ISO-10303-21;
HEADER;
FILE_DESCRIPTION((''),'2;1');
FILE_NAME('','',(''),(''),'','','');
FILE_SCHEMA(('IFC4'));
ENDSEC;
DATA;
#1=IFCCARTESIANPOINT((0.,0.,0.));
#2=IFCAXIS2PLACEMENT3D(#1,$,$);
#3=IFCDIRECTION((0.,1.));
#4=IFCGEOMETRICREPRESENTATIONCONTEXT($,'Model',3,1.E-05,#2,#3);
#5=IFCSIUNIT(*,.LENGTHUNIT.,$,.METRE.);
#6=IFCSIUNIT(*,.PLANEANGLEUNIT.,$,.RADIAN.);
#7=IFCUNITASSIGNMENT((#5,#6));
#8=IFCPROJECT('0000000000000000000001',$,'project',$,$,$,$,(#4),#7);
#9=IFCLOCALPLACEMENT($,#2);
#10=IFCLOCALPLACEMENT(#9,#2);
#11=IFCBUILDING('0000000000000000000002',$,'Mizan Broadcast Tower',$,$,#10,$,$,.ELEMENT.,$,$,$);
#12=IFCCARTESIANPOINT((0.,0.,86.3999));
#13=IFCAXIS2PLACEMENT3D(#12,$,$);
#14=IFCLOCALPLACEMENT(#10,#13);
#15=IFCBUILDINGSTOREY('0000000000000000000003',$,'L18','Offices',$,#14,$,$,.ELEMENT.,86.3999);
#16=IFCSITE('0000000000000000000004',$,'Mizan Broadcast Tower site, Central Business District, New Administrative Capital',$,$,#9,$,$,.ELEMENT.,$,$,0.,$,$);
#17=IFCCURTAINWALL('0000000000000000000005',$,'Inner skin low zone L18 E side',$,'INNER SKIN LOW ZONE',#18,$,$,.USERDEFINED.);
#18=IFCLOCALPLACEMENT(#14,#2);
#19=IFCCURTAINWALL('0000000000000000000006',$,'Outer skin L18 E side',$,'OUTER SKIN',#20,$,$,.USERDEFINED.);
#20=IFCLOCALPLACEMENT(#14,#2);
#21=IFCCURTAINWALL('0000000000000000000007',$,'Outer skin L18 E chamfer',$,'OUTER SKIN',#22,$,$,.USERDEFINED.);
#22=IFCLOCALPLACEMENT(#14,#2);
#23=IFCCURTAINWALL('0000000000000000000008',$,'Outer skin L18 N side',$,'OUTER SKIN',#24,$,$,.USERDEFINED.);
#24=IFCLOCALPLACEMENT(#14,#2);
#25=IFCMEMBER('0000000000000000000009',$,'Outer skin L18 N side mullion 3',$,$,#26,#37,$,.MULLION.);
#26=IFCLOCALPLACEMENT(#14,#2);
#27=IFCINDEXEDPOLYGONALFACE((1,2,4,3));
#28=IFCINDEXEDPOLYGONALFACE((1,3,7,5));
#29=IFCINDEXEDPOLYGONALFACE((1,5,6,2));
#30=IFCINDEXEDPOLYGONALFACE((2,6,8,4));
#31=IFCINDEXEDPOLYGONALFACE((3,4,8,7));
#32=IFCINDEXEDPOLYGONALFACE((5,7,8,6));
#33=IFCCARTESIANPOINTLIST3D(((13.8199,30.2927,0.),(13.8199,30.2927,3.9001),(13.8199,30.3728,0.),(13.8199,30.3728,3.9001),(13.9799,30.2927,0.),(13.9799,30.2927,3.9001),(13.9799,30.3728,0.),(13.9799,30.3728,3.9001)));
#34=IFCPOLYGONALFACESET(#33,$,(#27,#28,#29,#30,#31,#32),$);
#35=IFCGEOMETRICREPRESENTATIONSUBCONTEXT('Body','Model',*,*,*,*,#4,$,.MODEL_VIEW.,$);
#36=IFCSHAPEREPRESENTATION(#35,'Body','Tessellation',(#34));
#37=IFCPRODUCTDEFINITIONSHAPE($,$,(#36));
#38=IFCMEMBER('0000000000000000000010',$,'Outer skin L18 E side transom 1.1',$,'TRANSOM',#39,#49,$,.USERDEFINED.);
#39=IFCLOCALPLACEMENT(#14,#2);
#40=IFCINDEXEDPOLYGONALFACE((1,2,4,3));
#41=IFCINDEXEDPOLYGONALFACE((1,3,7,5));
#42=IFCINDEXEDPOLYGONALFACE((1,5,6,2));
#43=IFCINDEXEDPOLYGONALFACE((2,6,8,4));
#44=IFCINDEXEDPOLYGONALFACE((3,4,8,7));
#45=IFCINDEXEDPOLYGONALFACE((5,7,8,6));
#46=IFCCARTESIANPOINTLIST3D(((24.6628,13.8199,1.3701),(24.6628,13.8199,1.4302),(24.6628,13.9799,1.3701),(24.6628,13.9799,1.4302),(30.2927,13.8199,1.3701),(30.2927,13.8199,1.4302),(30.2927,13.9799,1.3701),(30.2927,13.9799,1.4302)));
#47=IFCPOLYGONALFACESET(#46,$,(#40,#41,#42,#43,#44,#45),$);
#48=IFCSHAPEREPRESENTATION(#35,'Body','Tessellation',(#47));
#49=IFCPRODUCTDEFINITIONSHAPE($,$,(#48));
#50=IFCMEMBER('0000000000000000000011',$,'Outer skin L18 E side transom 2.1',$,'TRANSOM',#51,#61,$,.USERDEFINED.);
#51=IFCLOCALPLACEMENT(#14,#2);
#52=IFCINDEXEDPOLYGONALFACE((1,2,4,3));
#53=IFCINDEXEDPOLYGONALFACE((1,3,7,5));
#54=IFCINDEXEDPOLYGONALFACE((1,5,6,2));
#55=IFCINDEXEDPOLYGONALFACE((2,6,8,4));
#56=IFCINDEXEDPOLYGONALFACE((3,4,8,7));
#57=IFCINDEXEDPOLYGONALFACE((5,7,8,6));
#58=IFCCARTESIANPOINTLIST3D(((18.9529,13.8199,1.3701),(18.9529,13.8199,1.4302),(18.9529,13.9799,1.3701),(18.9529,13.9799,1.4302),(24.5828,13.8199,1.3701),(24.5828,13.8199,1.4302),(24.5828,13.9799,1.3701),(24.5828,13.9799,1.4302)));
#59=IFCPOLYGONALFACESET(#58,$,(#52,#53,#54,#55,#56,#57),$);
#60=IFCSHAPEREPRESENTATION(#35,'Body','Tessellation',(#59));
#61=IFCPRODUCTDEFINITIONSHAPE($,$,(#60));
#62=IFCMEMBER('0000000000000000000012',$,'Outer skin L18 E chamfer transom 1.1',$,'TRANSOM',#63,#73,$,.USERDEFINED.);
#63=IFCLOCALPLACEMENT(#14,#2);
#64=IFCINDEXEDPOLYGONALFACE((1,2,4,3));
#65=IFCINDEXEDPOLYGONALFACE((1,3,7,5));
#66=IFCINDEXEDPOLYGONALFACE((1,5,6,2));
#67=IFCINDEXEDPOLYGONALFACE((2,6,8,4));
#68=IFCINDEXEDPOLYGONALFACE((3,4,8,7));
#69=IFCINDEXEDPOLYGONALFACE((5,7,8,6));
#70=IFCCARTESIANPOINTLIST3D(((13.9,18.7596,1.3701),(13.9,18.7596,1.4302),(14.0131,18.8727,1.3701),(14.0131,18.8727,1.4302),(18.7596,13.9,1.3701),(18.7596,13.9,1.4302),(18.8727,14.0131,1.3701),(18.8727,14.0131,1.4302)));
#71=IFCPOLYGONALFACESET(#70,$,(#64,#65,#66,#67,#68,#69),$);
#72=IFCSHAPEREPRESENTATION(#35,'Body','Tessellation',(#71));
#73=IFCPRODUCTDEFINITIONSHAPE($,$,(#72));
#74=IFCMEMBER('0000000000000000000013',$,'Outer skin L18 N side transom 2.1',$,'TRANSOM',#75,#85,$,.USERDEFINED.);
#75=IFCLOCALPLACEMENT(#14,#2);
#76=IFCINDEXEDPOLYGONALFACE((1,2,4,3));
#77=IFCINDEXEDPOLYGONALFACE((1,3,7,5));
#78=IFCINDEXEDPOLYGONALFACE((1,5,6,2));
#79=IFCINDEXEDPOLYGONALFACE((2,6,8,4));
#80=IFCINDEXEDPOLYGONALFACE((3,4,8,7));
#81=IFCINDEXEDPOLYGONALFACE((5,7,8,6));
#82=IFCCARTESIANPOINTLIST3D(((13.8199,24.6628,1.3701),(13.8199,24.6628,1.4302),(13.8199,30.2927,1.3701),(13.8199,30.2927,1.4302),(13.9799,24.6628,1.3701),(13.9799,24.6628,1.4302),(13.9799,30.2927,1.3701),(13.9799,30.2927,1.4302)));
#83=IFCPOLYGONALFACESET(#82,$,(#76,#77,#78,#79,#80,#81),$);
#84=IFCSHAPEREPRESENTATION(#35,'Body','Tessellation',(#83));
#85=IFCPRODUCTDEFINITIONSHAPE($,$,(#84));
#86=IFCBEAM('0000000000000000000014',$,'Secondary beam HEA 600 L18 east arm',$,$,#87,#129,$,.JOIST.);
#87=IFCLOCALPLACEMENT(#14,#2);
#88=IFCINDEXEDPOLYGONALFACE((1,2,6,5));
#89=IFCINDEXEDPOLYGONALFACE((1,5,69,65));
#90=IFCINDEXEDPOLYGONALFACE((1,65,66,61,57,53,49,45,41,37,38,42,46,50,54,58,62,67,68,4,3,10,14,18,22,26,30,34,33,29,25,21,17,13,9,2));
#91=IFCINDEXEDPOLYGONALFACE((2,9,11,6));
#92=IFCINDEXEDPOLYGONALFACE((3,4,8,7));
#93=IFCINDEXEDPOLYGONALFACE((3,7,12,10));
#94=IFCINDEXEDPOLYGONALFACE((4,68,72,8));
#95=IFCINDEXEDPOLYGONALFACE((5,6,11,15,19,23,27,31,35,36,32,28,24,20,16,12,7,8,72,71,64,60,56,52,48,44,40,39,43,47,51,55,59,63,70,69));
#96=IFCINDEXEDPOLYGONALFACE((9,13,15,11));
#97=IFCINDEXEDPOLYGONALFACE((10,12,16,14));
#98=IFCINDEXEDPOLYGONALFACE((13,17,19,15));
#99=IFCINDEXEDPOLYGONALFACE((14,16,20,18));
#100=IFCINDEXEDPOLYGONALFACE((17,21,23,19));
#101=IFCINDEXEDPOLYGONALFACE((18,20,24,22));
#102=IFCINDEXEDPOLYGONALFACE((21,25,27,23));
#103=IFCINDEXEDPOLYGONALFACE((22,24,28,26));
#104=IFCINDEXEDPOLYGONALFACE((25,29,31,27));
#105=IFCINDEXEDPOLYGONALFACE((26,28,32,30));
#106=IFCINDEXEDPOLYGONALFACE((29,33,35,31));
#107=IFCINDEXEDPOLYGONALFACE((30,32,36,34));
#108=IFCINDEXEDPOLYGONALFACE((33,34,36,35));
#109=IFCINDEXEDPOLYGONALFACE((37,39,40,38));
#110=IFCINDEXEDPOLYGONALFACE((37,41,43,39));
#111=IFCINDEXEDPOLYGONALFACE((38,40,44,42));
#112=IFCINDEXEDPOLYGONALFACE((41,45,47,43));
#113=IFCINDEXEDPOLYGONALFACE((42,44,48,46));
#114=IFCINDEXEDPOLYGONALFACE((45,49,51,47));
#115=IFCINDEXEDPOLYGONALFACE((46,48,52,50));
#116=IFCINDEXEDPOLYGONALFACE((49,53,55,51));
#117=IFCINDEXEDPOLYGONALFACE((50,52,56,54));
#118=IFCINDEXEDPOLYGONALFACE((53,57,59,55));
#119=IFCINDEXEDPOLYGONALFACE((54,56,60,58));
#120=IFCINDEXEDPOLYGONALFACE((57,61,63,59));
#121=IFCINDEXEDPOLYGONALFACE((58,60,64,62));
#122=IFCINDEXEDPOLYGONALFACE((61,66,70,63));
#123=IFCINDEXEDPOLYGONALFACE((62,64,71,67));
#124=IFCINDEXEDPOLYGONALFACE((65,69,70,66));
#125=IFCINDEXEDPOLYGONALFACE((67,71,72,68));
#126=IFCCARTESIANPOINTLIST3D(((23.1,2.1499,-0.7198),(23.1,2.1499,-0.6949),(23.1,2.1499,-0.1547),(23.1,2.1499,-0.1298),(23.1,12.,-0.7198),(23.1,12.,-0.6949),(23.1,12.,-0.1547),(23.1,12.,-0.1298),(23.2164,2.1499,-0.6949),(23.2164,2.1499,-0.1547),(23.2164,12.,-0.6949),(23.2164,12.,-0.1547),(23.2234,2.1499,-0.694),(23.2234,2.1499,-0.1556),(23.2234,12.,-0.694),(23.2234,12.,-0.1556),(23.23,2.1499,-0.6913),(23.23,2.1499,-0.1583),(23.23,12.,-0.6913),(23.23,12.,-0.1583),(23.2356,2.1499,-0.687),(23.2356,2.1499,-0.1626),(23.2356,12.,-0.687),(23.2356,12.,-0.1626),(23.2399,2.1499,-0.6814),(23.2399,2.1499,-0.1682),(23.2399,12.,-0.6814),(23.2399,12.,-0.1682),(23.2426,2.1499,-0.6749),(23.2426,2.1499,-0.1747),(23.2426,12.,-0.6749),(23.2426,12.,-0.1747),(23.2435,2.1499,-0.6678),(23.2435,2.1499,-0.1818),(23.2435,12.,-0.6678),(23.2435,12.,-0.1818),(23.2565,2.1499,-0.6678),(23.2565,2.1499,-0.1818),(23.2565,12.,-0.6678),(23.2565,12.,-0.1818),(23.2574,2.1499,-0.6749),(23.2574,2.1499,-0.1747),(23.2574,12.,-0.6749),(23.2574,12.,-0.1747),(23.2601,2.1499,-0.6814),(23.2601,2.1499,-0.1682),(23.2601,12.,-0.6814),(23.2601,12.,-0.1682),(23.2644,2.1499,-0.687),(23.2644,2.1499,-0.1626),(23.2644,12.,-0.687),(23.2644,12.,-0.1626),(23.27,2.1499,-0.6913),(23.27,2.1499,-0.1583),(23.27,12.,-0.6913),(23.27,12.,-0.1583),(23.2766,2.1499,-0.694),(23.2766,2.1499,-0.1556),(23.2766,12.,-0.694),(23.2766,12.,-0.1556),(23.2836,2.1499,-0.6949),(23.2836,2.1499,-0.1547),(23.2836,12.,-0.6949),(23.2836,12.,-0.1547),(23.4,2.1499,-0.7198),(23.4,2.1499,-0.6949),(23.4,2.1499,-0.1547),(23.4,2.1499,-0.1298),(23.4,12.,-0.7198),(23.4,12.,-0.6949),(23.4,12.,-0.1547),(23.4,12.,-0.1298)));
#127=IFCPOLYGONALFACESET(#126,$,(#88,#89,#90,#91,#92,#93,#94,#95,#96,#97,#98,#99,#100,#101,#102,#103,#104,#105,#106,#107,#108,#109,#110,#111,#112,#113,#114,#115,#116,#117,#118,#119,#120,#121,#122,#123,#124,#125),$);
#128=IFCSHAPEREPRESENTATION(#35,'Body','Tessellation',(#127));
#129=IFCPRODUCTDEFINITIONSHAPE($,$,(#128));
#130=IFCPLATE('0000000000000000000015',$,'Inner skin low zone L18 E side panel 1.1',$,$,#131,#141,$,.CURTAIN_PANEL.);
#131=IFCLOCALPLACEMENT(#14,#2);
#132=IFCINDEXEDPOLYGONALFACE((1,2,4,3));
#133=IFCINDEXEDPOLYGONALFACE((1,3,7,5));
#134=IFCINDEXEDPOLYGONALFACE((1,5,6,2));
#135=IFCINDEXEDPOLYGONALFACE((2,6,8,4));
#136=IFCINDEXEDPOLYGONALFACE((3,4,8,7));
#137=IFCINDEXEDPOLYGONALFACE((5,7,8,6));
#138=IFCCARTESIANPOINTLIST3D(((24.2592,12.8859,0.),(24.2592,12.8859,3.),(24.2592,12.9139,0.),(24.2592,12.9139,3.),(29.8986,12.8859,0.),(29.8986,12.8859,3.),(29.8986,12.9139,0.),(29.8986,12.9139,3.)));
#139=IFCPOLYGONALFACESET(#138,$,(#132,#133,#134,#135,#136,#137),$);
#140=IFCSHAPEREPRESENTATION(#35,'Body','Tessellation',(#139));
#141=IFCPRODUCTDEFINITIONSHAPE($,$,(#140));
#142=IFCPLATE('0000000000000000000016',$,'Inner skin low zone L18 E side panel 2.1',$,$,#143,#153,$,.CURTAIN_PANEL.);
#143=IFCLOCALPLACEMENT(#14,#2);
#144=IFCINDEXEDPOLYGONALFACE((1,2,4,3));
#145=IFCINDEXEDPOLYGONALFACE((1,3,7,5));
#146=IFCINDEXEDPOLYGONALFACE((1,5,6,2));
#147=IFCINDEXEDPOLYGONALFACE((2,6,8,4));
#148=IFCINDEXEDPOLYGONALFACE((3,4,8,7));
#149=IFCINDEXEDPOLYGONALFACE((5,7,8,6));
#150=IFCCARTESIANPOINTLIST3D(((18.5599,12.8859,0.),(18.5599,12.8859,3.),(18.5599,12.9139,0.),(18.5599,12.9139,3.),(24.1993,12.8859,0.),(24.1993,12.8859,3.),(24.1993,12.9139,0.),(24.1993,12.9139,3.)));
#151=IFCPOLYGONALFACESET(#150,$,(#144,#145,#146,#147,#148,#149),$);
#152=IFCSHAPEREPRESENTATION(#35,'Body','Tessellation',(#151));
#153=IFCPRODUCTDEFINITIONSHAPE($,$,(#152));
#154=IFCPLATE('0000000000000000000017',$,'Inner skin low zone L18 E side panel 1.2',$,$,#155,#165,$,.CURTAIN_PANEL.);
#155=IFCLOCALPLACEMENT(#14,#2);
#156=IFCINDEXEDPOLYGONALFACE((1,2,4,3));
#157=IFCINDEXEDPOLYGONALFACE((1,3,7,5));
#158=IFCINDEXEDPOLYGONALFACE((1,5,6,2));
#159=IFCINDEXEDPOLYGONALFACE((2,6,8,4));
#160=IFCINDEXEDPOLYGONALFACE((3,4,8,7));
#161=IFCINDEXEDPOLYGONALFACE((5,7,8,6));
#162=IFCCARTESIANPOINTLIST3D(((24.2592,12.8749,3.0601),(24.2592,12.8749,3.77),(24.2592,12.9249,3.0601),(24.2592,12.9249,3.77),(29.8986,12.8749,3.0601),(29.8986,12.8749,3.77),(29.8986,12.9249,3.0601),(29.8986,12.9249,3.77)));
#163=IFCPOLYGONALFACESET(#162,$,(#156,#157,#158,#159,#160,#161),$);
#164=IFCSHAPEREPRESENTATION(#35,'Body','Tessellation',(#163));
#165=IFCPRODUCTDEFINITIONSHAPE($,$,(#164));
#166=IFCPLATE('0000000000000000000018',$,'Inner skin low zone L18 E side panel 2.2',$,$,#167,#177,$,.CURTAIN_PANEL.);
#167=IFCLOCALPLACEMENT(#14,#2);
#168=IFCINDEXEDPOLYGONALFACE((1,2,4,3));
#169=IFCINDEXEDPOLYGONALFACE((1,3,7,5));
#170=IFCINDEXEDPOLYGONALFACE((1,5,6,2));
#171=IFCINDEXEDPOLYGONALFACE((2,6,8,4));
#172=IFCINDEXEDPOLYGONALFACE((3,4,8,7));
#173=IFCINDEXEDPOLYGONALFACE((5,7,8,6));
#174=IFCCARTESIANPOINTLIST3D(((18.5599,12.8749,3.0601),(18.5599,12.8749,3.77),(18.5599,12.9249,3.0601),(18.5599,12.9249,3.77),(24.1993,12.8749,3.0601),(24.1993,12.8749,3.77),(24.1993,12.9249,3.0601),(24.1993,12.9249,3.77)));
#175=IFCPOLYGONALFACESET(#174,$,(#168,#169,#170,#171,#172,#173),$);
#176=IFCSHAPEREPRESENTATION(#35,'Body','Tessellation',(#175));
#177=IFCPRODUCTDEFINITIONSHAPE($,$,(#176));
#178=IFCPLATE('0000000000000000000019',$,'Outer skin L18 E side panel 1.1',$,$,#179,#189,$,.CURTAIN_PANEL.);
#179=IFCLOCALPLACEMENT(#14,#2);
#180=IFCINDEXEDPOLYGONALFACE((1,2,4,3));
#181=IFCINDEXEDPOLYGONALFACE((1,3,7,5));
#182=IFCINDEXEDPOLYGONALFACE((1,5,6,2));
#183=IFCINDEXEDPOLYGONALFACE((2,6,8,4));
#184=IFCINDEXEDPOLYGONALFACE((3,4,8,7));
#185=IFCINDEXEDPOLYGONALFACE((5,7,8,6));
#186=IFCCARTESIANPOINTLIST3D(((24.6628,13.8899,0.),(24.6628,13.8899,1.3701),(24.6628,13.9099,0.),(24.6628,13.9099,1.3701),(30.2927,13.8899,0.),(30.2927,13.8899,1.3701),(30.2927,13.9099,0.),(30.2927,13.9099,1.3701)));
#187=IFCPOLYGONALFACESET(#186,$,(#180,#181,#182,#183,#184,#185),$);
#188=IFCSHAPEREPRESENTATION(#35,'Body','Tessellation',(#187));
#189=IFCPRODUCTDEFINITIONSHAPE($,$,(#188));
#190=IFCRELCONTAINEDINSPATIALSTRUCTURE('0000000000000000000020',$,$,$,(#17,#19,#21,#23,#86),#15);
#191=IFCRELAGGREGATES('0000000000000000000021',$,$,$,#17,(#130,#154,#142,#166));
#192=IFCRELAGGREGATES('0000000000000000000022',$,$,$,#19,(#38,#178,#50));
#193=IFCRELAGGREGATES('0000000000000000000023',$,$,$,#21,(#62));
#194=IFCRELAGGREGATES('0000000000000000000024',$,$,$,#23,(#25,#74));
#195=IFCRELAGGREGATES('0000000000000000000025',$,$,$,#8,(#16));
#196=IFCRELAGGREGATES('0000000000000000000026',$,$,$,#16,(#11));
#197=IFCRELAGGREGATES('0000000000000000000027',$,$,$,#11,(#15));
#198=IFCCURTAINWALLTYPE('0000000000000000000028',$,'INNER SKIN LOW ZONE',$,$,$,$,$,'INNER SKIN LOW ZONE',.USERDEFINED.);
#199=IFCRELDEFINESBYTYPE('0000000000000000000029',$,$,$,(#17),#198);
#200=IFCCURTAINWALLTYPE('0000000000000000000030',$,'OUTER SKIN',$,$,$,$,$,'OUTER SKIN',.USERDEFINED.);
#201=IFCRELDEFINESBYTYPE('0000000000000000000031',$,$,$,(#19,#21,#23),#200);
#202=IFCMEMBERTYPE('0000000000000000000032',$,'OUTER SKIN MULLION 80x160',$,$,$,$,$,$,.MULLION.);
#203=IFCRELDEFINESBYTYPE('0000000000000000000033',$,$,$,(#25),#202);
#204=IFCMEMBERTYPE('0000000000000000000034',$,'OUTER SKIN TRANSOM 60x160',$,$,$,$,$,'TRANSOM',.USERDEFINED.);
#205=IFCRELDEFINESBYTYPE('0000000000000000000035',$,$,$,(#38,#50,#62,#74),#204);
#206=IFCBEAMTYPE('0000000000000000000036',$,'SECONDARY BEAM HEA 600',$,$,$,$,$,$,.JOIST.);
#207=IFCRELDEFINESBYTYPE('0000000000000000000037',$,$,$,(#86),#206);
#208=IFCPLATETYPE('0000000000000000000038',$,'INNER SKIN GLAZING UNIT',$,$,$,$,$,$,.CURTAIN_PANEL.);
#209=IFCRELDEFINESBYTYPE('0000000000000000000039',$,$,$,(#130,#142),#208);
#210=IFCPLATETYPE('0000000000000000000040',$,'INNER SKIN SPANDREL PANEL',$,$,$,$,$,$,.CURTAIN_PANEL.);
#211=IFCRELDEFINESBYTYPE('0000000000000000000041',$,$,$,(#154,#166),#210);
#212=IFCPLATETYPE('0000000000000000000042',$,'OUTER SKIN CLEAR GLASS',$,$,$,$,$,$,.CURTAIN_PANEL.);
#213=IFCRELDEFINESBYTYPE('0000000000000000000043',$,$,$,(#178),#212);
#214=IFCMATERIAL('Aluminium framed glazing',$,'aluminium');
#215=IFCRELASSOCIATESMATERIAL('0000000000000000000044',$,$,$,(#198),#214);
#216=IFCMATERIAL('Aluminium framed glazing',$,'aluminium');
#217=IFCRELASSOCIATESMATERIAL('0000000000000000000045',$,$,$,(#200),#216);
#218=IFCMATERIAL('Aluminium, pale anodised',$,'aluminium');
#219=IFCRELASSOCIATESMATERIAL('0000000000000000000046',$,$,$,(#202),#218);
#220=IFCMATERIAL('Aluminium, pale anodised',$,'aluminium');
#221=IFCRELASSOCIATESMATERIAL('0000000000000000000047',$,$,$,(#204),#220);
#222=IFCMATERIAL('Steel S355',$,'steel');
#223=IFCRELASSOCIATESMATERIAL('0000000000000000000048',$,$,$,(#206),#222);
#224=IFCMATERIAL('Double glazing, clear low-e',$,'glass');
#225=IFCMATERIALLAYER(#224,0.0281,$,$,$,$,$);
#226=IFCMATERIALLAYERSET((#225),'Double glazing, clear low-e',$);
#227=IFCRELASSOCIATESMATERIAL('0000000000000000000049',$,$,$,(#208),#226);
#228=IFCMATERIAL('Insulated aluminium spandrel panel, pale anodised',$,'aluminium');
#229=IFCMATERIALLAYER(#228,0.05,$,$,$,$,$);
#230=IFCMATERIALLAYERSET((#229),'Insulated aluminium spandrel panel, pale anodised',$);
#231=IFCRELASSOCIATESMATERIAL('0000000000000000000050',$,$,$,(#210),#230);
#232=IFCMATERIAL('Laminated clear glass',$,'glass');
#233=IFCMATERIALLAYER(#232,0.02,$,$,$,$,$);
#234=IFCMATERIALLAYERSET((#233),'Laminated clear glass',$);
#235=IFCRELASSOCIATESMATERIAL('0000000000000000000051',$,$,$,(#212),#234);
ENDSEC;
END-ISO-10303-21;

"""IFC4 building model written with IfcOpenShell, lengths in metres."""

from ifc_helpers import new_model, si_unit, direction, frame, origin, origin_2d, place, context, subcontext, project, spatial, rectangle, i_section, extrude, material, layer, layer_set, material_profile, profile_set, type_object, element, aggregate, save


model = new_model("IFC4")

# Units and contexts
model_context = context("Model", 3, precision=1e-05, world=origin(), true_north=direction((0.0, 1.0)))
body_context = subcontext(model_context, "Body", "Model", "MODEL_VIEW")
ifc_project = project(units=[si_unit("LENGTHUNIT", "METRE"), si_unit("PLANEANGLEUNIT", "RADIAN")], contexts=[model_context])

# Site, building, storey
site_placement = place(None, origin())
site = spatial("IfcSite", under=ifc_project, at=site_placement, Name="Mizan Broadcast Tower site, Central Business District, New Administrative Capital", CompositionType="ELEMENT", RefElevation=0.0)
building_placement = place(site_placement, origin())
building = spatial("IfcBuilding", under=site, at=building_placement, Name="Mizan Broadcast Tower", CompositionType="ELEMENT")
storey_placement = place(building_placement, frame((0.0, 0.0, 86.3999)))
storey = spatial("IfcBuildingStorey", under=building, at=storey_placement, Name="L18", Description="Offices", CompositionType="ELEMENT", Elevation=86.3999)

# Shared definitions
ifc_material_1 = material(Name="Aluminium framed glazing", Category="aluminium")
curtain_wall_type_1 = type_object("IfcCurtainWallType", Name="INNER SKIN LOW ZONE", ElementType="INNER SKIN LOW ZONE", PredefinedType="USERDEFINED", material=ifc_material_1)

# Curtain wall
curtain_wall_1_placement = place(storey_placement, origin())
curtain_wall_1 = element("IfcCurtainWall", 1, at=curtain_wall_1_placement, inside=storey, type_object=curtain_wall_type_1, Name="Inner skin low zone L18 E side", ObjectType="INNER SKIN LOW ZONE", PredefinedType="USERDEFINED")

# Shared definitions
ifc_material_2 = material(Name="Aluminium framed glazing", Category="aluminium")
curtain_wall_type_2 = type_object("IfcCurtainWallType", Name="OUTER SKIN", ElementType="OUTER SKIN", PredefinedType="USERDEFINED", material=ifc_material_2)
ifc_material_3 = material(Name="Aluminium, pale anodised", Category="aluminium")
ifc_material_profile_1 = material_profile(ifc_material_3, rectangle(XDim=0.1599, YDim=0.0801, at=origin_2d()), Name="MULLION 160x80")
ifc_profile_set_1 = profile_set([ifc_material_profile_1], Name="Aluminium, pale anodised")
member_type_1 = type_object("IfcMemberType", Name="OUTER SKIN MULLION 80x160", PredefinedType="MULLION", material=ifc_profile_set_1)

# Curtain wall
curtain_wall_2_placement = place(storey_placement, origin())
curtain_wall_2 = element("IfcCurtainWall", 2, at=curtain_wall_2_placement, inside=storey, type_object=curtain_wall_type_2, Name="Outer skin L18 E side", ObjectType="OUTER SKIN", PredefinedType="USERDEFINED")

# Curtain wall
curtain_wall_3_placement = place(storey_placement, origin())
curtain_wall_3 = element("IfcCurtainWall", 3, at=curtain_wall_3_placement, inside=storey, type_object=curtain_wall_type_2, Name="Outer skin L18 E chamfer", ObjectType="OUTER SKIN", PredefinedType="USERDEFINED")

# Curtain wall, member
curtain_wall_4_placement = place(storey_placement, origin())
curtain_wall_4 = element("IfcCurtainWall", 4, at=curtain_wall_4_placement, inside=storey, type_object=curtain_wall_type_2, Name="Outer skin L18 N side", ObjectType="OUTER SKIN", PredefinedType="USERDEFINED")
member_1_placement = place(storey_placement, frame((13.8999, 30.3328, 0.0), z_axis=(0.0, 0.0, 1.0), x_axis=(-1.0, 0.0, 0.0)))
member_1 = element("IfcMember", 5, at=member_1_placement, type_object=member_type_1, Name="Outer skin L18 N side mullion 3", PredefinedType="MULLION", context=body_context, shape_type="SweptSolid", body=[
    extrude(rectangle(XDim=0.1599, YDim=0.0801, at=origin_2d()), origin(), (0.0, 0.0, 1.0), 3.9001),
])

# Members
ifc_material_4 = material(Name="Aluminium, pale anodised", Category="aluminium")
ifc_material_profile_2 = material_profile(ifc_material_4, rectangle(XDim=0.1599, YDim=0.0601, at=origin_2d()), Name="TRANSOM 160x60")
ifc_profile_set_2 = profile_set([ifc_material_profile_2], Name="Aluminium, pale anodised")
member_type_2 = type_object("IfcMemberType", Name="OUTER SKIN TRANSOM 60x160", ElementType="TRANSOM", PredefinedType="USERDEFINED", material=ifc_profile_set_2)
member_2_placement = place(storey_placement, frame((30.2927, 13.8999, 1.4001), z_axis=(-1.0, 0.0, 0.0), x_axis=(0.0, -1.0, 0.0)))
member_2 = element("IfcMember", 6, at=member_2_placement, type_object=member_type_2, Name="Outer skin L18 E side transom 1.1", ObjectType="TRANSOM", PredefinedType="USERDEFINED", context=body_context, shape_type="SweptSolid", body=[
    extrude(rectangle(XDim=0.1599, YDim=0.0601, at=origin_2d()), origin(), (0.0, 0.0, 1.0), 5.6299),
])
member_3_placement = place(storey_placement, frame((24.5828, 13.8999, 1.4001), z_axis=(-1.0, 0.0, 0.0), x_axis=(0.0, -1.0, 0.0)))
member_3 = element("IfcMember", 7, at=member_3_placement, type_object=member_type_2, Name="Outer skin L18 E side transom 2.1", ObjectType="TRANSOM", PredefinedType="USERDEFINED", context=body_context, shape_type="SweptSolid", body=[
    extrude(rectangle(XDim=0.1599, YDim=0.0601, at=origin_2d()), origin(), (0.0, 0.0, 1.0), 5.6299),
])
member_4_placement = place(storey_placement, frame((18.8162, 13.9565, 1.4001), z_axis=(-0.707107, 0.707107, 0.0), x_axis=(-0.707107, -0.707107, 0.0)))
member_4 = element("IfcMember", 8, at=member_4_placement, type_object=member_type_2, Name="Outer skin L18 E chamfer transom 1.1", ObjectType="TRANSOM", PredefinedType="USERDEFINED", context=body_context, shape_type="SweptSolid", body=[
    extrude(rectangle(XDim=0.1599, YDim=0.0601, at=origin_2d()), origin(), (0.0, 0.0, 1.0), 6.8726),
])
member_5_placement = place(storey_placement, frame((13.8999, 24.6628, 1.4001), z_axis=(0.0, 1.0, 0.0), x_axis=(-1.0, 0.0, 0.0)))
member_5 = element("IfcMember", 9, at=member_5_placement, type_object=member_type_2, Name="Outer skin L18 N side transom 2.1", ObjectType="TRANSOM", PredefinedType="USERDEFINED", context=body_context, shape_type="SweptSolid", body=[
    extrude(rectangle(XDim=0.1599, YDim=0.0601, at=origin_2d()), origin(), (0.0, 0.0, 1.0), 5.6299),
])

# Beam
ifc_material_5 = material(Name="Steel S355", Category="steel")
ifc_material_profile_3 = material_profile(ifc_material_5, i_section(OverallWidth=0.3, OverallDepth=0.5901, WebThickness=0.0129, FlangeThickness=0.0249, FilletRadius=0.0271, at=origin_2d()), Name="HEA 600")
ifc_profile_set_3 = profile_set([ifc_material_profile_3], Name="Steel S355")
beam_type_1 = type_object("IfcBeamType", Name="SECONDARY BEAM HEA 600", PredefinedType="JOIST", material=ifc_profile_set_3)
beam_1_placement = place(storey_placement, frame((23.25, 12.0, -0.4248), z_axis=(0.0, -1.0, 0.0), x_axis=(1.0, 0.0, 0.0)))
element("IfcBeam", 10, at=beam_1_placement, inside=storey, type_object=beam_type_1, Name="Secondary beam HEA 600 L18 east arm", PredefinedType="JOIST", context=body_context, shape_type="SweptSolid", body=[
    extrude(i_section(OverallWidth=0.3, OverallDepth=0.5901, WebThickness=0.0129, FlangeThickness=0.0249, FilletRadius=0.0271, at=origin_2d()), origin(), (0.0, 0.0, 1.0), 9.8501),
])

# Plates
ifc_material_6 = material(Name="Double glazing, clear low-e", Category="glass")
ifc_layer_1 = layer(ifc_material_6, 0.0281)
ifc_layer_set_1 = layer_set([ifc_layer_1], Name="Double glazing, clear low-e")
plate_type_1 = type_object("IfcPlateType", Name="INNER SKIN GLAZING UNIT", PredefinedType="CURTAIN_PANEL", material=ifc_layer_set_1)
plate_1_placement = place(storey_placement, frame((27.0789, 12.8999, 0.0), z_axis=(0.0, 0.0, 1.0), x_axis=(-1.0, 0.0, 0.0)))
plate_1 = element("IfcPlate", 11, at=plate_1_placement, type_object=plate_type_1, Name="Inner skin low zone L18 E side panel 1.1", PredefinedType="CURTAIN_PANEL", context=body_context, shape_type="SweptSolid", body=[
    extrude(rectangle(XDim=5.6394, YDim=0.0281, at=origin_2d()), origin(), (0.0, 0.0, 1.0), 3.0),
])
plate_2_placement = place(storey_placement, frame((21.3796, 12.8999, 0.0), z_axis=(0.0, 0.0, 1.0), x_axis=(-1.0, 0.0, 0.0)))
plate_2 = element("IfcPlate", 12, at=plate_2_placement, type_object=plate_type_1, Name="Inner skin low zone L18 E side panel 2.1", PredefinedType="CURTAIN_PANEL", context=body_context, shape_type="SweptSolid", body=[
    extrude(rectangle(XDim=5.6394, YDim=0.0281, at=origin_2d()), origin(), (0.0, 0.0, 1.0), 3.0),
])
ifc_material_7 = material(Name="Insulated aluminium spandrel panel, pale anodised", Category="aluminium")
ifc_layer_2 = layer(ifc_material_7, 0.05)
ifc_layer_set_2 = layer_set([ifc_layer_2], Name="Insulated aluminium spandrel panel, pale anodised")
plate_type_2 = type_object("IfcPlateType", Name="INNER SKIN SPANDREL PANEL", PredefinedType="CURTAIN_PANEL", material=ifc_layer_set_2)
plate_3_placement = place(storey_placement, frame((27.0789, 12.8999, 3.0601), z_axis=(0.0, 0.0, 1.0), x_axis=(-1.0, 0.0, 0.0)))
plate_3 = element("IfcPlate", 13, at=plate_3_placement, type_object=plate_type_2, Name="Inner skin low zone L18 E side panel 1.2", PredefinedType="CURTAIN_PANEL", context=body_context, shape_type="SweptSolid", body=[
    extrude(rectangle(XDim=5.6394, YDim=0.05, at=origin_2d()), origin(), (0.0, 0.0, 1.0), 0.71),
])
plate_4_placement = place(storey_placement, frame((21.3796, 12.8999, 3.0601), z_axis=(0.0, 0.0, 1.0), x_axis=(-1.0, 0.0, 0.0)))
plate_4 = element("IfcPlate", 14, at=plate_4_placement, type_object=plate_type_2, Name="Inner skin low zone L18 E side panel 2.2", PredefinedType="CURTAIN_PANEL", context=body_context, shape_type="SweptSolid", body=[
    extrude(rectangle(XDim=5.6394, YDim=0.05, at=origin_2d()), origin(), (0.0, 0.0, 1.0), 0.71),
])
aggregate(curtain_wall_1, [plate_1, plate_3, plate_2, plate_4])
ifc_material_8 = material(Name="Laminated clear glass", Category="glass")
ifc_layer_3 = layer(ifc_material_8, 0.02)
ifc_layer_set_3 = layer_set([ifc_layer_3], Name="Laminated clear glass")
plate_type_3 = type_object("IfcPlateType", Name="OUTER SKIN CLEAR GLASS", PredefinedType="CURTAIN_PANEL", material=ifc_layer_set_3)
plate_5_placement = place(storey_placement, frame((27.4778, 13.8999, 0.0), z_axis=(0.0, 0.0, 1.0), x_axis=(-1.0, 0.0, 0.0)))
plate_5 = element("IfcPlate", 15, at=plate_5_placement, type_object=plate_type_3, Name="Outer skin L18 E side panel 1.1", PredefinedType="CURTAIN_PANEL", context=body_context, shape_type="SweptSolid", body=[
    extrude(rectangle(XDim=5.6299, YDim=0.02, at=origin_2d()), origin(), (0.0, 0.0, 1.0), 1.3701),
])
aggregate(curtain_wall_2, [member_2, plate_5, member_3])
aggregate(curtain_wall_3, [member_4])
aggregate(curtain_wall_4, [member_1, member_5])

save(model, "model.ifc")
